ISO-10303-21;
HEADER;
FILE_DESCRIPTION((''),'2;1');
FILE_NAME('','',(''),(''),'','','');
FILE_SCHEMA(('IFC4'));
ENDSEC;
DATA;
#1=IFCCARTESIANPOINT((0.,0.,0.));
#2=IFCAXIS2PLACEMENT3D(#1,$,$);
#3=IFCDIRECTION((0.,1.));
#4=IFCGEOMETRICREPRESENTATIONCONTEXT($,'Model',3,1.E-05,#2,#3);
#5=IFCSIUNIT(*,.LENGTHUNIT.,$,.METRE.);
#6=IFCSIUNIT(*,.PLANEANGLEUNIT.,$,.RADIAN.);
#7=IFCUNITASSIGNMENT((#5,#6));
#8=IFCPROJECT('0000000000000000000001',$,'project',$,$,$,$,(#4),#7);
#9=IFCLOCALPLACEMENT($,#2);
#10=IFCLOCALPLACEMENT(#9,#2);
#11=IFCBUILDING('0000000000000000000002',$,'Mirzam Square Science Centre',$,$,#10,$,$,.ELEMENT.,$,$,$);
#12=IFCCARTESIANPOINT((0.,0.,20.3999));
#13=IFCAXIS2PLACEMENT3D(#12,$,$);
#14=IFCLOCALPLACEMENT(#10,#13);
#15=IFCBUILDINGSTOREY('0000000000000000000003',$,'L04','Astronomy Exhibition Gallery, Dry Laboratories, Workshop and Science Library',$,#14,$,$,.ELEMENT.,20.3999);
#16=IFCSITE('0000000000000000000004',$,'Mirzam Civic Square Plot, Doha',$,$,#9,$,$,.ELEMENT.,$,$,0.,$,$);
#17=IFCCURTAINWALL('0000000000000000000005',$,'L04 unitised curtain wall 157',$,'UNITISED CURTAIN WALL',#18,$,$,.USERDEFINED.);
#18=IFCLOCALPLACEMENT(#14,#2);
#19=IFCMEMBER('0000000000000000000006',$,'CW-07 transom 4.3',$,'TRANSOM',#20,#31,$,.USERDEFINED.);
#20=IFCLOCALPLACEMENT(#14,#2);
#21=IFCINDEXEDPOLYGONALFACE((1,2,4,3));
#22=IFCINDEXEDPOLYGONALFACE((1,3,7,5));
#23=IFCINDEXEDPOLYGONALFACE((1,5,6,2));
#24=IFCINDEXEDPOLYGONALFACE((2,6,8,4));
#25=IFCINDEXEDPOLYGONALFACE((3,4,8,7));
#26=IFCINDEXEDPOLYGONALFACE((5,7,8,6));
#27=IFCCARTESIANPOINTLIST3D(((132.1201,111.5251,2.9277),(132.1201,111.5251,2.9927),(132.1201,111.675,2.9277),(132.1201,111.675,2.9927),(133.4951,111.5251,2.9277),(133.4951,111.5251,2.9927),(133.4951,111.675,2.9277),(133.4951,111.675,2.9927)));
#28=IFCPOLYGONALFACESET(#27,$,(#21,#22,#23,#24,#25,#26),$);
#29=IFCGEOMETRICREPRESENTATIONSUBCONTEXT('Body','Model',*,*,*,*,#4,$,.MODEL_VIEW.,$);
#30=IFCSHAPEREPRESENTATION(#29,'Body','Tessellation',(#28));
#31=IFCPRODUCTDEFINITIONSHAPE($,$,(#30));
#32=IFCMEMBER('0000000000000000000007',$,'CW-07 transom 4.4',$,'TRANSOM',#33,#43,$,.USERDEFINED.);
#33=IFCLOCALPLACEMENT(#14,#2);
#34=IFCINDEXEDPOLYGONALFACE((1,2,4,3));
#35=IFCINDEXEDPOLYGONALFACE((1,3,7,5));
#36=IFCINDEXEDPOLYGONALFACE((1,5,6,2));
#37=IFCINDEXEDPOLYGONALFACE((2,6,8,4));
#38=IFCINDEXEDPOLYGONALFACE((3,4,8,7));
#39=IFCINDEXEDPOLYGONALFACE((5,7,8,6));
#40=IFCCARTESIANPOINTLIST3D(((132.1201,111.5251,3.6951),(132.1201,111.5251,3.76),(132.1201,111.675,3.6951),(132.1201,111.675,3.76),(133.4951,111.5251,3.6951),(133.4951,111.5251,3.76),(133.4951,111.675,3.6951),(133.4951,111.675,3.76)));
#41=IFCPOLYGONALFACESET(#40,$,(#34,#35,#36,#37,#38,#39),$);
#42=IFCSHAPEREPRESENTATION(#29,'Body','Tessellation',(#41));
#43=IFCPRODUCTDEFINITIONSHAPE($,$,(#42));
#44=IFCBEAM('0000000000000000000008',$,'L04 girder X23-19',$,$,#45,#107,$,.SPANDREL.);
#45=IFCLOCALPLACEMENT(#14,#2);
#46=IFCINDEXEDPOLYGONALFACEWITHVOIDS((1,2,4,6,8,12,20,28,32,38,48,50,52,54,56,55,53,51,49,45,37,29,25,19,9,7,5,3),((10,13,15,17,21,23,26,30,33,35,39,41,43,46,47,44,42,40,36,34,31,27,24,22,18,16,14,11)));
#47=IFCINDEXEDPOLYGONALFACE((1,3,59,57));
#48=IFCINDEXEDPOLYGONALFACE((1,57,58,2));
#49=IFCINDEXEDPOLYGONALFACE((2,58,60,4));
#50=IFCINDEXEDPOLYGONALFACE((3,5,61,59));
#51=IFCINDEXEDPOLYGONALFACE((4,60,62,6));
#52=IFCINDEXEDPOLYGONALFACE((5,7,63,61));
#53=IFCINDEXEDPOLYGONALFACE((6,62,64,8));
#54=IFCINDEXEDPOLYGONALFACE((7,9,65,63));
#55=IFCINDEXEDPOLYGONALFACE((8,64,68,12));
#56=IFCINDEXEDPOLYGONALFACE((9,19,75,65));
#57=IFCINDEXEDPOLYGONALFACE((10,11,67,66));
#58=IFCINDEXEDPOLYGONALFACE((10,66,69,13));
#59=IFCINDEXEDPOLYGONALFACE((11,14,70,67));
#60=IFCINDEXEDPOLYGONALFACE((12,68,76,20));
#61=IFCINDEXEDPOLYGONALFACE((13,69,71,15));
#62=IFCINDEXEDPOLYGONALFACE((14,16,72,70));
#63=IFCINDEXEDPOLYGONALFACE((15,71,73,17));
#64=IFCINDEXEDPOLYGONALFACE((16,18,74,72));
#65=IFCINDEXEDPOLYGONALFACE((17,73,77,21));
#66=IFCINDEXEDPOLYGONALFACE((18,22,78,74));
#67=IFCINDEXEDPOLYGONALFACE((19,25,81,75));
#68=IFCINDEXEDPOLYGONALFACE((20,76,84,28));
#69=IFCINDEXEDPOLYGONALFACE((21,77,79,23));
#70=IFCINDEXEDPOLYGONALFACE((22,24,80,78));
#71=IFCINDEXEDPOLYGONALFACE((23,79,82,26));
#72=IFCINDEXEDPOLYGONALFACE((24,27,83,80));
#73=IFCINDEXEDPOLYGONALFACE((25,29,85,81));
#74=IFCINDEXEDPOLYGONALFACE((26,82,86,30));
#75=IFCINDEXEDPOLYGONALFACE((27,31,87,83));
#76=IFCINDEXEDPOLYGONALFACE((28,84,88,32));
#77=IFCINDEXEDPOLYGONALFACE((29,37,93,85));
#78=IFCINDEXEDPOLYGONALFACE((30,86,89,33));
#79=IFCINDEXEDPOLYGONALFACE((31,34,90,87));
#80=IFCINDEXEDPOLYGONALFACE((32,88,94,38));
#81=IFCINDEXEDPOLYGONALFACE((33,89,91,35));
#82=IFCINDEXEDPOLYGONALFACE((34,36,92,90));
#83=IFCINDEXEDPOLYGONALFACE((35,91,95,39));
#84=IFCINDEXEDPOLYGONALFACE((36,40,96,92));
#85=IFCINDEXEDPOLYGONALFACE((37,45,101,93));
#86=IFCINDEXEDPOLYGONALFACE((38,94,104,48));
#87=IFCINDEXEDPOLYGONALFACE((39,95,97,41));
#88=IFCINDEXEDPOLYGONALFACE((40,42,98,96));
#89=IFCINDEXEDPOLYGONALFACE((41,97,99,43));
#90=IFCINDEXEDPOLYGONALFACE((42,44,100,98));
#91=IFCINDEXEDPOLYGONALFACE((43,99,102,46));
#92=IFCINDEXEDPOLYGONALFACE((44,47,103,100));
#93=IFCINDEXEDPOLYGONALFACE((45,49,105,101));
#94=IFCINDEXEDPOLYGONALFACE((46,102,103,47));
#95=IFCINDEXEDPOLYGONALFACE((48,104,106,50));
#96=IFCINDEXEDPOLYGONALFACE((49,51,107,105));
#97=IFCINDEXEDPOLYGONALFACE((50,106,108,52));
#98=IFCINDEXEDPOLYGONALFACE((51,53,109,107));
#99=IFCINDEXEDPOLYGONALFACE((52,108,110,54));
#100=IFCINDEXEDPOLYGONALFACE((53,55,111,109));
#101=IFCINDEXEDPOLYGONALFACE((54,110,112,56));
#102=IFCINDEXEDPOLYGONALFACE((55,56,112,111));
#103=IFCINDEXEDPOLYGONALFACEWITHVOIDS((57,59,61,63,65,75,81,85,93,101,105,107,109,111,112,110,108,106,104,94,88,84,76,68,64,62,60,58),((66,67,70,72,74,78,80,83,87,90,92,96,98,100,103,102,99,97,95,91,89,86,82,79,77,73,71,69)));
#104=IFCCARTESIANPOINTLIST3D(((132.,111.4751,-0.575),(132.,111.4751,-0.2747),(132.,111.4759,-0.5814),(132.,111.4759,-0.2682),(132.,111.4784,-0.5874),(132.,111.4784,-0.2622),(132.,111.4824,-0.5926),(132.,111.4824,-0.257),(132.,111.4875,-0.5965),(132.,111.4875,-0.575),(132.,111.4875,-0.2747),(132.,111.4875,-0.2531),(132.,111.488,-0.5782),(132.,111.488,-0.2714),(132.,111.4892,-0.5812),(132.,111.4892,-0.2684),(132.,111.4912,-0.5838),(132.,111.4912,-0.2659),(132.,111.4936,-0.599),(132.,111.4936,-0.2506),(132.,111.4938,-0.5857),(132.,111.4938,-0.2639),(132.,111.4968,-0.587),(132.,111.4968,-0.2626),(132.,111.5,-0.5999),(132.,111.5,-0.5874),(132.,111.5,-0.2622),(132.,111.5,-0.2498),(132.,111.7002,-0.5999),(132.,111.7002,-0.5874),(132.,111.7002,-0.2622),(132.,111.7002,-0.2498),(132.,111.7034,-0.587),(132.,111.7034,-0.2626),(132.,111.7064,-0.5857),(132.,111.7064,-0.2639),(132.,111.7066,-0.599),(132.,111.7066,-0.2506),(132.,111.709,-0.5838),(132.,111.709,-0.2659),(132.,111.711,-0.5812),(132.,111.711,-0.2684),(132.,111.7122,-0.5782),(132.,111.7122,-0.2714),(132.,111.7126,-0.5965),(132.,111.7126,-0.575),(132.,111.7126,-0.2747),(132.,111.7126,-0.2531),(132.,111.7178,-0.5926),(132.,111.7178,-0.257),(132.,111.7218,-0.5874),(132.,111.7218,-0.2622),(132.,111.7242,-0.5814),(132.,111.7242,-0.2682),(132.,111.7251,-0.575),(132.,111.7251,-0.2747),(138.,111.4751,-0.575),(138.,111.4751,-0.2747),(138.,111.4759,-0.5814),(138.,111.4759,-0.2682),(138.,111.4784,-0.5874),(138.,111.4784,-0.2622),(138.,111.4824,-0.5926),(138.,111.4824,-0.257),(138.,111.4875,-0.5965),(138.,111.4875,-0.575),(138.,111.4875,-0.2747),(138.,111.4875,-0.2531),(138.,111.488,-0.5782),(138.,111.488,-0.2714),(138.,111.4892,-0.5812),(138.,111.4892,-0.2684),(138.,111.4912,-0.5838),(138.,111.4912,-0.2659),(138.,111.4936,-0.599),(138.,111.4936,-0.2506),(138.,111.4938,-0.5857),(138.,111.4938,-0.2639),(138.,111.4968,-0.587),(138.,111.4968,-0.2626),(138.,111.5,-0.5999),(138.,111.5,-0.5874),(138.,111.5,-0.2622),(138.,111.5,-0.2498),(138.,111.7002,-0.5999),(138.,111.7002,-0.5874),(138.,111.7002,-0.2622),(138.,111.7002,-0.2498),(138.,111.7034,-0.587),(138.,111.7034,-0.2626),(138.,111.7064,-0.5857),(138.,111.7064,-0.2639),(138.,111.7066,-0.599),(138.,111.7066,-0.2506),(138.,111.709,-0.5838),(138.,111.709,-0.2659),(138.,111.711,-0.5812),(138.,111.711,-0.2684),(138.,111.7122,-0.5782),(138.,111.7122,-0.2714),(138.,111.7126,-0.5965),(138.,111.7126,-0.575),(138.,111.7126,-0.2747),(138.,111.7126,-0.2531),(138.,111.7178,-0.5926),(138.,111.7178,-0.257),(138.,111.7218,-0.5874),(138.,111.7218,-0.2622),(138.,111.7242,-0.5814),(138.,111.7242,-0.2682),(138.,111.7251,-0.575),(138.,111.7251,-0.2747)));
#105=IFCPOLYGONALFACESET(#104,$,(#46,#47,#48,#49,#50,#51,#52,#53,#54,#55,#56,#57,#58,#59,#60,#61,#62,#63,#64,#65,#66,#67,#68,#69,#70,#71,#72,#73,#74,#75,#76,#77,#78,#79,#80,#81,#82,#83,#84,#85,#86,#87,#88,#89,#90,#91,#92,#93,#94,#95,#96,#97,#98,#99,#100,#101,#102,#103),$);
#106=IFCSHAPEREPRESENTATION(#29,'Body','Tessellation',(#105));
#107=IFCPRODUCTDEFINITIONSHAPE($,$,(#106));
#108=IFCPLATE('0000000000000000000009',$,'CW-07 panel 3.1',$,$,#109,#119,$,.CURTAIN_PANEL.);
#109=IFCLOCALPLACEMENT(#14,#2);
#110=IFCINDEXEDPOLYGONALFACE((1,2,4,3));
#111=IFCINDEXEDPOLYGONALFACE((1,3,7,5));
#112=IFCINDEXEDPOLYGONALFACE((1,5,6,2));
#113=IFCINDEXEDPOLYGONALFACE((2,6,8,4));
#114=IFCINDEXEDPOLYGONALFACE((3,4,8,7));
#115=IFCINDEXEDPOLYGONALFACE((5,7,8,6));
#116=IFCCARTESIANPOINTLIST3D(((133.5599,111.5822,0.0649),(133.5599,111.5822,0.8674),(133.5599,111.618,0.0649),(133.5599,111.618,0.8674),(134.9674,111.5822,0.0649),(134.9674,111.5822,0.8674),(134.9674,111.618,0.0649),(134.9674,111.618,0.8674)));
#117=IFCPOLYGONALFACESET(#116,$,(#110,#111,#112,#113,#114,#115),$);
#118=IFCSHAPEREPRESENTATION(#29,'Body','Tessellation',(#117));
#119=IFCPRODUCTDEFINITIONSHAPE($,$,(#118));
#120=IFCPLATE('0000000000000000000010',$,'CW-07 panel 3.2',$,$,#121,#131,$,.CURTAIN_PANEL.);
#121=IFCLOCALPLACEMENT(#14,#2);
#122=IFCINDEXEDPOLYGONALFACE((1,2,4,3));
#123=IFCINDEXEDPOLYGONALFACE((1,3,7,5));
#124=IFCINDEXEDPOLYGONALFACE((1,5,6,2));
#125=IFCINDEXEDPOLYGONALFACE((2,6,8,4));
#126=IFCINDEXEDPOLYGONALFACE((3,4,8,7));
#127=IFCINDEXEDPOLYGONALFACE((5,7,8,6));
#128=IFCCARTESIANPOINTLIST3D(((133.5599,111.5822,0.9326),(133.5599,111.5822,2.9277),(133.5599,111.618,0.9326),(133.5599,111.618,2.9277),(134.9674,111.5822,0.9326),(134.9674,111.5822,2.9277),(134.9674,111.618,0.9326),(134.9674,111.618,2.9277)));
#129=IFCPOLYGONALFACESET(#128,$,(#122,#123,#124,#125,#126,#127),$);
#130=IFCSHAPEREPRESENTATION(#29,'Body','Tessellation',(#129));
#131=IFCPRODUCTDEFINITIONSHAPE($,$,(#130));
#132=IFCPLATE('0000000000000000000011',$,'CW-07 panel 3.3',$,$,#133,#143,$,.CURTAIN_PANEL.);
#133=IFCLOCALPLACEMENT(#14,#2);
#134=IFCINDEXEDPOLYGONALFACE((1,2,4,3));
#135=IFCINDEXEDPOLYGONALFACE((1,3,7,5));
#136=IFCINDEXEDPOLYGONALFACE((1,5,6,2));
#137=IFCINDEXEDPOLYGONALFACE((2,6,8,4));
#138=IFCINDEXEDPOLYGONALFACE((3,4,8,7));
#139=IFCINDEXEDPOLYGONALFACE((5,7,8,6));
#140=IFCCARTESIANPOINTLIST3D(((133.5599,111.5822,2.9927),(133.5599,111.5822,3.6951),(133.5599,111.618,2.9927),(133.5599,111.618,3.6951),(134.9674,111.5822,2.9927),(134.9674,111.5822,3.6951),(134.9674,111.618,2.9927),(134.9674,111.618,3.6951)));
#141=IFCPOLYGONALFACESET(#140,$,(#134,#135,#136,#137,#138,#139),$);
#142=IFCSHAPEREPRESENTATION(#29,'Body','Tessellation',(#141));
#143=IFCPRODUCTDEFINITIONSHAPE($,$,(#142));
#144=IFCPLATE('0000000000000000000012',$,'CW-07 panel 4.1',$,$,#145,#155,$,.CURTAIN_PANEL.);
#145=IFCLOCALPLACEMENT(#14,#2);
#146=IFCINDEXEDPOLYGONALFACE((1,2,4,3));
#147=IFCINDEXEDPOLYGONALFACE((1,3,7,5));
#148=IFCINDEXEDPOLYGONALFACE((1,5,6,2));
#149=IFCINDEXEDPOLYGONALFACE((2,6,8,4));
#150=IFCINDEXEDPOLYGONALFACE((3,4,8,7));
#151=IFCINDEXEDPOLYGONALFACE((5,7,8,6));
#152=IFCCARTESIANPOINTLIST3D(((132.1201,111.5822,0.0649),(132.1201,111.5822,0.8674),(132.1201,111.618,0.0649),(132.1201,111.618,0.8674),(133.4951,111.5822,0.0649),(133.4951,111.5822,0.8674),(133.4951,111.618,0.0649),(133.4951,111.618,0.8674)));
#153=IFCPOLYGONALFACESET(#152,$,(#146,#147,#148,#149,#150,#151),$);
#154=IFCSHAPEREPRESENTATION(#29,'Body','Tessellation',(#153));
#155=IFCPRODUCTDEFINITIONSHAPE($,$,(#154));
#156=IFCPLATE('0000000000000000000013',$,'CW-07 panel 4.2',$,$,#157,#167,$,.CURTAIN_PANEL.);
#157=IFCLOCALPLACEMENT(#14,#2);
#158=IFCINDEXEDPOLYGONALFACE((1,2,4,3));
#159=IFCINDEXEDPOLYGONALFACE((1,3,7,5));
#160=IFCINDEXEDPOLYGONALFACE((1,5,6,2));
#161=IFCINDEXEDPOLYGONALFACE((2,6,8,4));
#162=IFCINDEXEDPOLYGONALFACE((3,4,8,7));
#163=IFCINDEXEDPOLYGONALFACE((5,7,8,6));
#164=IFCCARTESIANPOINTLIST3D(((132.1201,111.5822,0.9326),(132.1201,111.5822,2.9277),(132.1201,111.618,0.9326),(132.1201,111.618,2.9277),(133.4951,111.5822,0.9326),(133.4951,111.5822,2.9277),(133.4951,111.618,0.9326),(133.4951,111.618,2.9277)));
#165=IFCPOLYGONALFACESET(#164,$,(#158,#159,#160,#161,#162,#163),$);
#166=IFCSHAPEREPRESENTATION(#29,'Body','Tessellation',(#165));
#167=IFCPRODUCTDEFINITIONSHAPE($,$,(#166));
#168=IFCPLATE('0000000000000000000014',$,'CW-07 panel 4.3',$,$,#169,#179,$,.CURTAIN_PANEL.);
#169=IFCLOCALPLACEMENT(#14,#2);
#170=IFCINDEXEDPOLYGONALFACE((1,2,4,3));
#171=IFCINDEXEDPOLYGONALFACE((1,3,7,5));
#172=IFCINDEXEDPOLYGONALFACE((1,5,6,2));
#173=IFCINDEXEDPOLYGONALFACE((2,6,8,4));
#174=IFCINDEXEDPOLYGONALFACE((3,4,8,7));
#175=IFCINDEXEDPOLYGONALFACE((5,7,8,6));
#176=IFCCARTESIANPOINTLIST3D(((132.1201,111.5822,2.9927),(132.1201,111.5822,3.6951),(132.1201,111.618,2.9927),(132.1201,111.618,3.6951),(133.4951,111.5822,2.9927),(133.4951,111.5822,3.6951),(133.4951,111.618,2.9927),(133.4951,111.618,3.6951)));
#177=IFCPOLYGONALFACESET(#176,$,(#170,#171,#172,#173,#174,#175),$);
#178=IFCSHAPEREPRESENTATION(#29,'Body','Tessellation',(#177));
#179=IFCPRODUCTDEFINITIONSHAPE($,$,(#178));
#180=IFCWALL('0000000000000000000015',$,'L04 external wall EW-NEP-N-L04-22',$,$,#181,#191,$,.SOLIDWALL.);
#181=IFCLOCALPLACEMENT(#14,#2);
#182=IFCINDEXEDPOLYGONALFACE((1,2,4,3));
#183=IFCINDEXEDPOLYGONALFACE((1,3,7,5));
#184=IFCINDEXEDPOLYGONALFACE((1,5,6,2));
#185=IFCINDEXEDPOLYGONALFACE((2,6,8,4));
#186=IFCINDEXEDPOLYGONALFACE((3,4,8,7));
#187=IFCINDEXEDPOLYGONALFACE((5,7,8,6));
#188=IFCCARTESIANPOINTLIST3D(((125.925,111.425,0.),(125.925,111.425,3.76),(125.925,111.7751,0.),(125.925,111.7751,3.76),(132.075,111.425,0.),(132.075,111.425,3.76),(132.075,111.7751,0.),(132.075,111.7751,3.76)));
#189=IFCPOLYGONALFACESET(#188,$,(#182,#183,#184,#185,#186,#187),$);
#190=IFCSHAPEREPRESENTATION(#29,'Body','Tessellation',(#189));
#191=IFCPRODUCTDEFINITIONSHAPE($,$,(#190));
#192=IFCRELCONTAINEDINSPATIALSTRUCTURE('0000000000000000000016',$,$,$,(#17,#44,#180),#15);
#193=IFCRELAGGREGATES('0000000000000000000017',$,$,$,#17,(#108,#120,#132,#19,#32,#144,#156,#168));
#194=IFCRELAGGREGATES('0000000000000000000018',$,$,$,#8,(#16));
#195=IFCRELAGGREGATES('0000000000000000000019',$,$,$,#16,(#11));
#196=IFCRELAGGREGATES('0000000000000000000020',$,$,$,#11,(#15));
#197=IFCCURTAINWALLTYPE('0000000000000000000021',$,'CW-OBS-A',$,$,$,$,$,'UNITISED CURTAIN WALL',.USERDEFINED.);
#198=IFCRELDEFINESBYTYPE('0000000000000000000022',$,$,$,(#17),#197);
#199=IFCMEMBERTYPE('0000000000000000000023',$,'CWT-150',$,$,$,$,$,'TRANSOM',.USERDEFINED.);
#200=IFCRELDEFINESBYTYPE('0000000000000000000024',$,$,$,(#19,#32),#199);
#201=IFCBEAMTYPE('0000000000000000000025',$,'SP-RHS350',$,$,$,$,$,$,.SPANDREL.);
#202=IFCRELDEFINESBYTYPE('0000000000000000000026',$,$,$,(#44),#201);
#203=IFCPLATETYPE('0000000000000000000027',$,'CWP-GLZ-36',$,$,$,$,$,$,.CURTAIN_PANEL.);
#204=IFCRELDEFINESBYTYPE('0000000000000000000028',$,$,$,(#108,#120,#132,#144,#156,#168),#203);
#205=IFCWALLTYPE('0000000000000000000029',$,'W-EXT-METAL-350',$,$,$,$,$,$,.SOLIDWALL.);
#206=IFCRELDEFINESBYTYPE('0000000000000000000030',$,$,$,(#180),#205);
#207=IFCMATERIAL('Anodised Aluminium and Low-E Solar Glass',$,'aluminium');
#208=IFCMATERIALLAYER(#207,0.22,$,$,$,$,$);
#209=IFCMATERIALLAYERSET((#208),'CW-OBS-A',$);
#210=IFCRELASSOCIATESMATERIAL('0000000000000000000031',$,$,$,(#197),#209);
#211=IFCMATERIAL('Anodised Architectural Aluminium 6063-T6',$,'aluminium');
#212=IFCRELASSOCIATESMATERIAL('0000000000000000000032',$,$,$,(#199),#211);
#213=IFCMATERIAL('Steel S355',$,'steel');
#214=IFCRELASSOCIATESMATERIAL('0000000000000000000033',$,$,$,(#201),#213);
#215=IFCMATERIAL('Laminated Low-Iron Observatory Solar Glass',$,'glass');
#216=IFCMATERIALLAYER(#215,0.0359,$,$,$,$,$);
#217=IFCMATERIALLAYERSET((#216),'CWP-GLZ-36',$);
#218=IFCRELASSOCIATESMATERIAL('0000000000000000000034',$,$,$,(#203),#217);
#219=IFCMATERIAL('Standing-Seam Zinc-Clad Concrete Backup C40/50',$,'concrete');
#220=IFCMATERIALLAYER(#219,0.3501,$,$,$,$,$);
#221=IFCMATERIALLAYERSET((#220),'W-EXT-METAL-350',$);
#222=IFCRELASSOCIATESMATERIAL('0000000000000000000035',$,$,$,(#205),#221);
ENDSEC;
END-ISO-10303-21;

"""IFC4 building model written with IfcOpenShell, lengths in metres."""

from ifc_helpers import new_model, si_unit, direction, frame, frame_2d, origin, origin_2d, place, context, subcontext, project, spatial, rectangle, hollow_rectangle, extrude, material, layer, layer_set, material_profile, profile_set, type_object, element, aggregate, save


model = new_model("IFC4")

# Units and contexts
model_context = context("Model", 3, precision=1e-05, world=origin(), true_north=direction((0.0, 1.0)))
body_context = subcontext(model_context, "Body", "Model", "MODEL_VIEW")
ifc_project = project(units=[si_unit("LENGTHUNIT", "METRE"), si_unit("PLANEANGLEUNIT", "RADIAN")], contexts=[model_context])

# Site, building, storey
site_placement = place(None, origin())
site = spatial("IfcSite", under=ifc_project, at=site_placement, Name="Mirzam Civic Square Plot, Doha", CompositionType="ELEMENT", RefElevation=0.0)
building_placement = place(site_placement, origin())
building = spatial("IfcBuilding", under=site, at=building_placement, Name="Mirzam Square Science Centre", CompositionType="ELEMENT")
storey_placement = place(building_placement, frame((0.0, 0.0, 20.3999)))
storey = spatial("IfcBuildingStorey", under=building, at=storey_placement, Name="L04", Description="Astronomy Exhibition Gallery, Dry Laboratories, Workshop and Science Library", CompositionType="ELEMENT", Elevation=20.3999)

# Shared definitions
ifc_material_1 = material(Name="Steel S355", Category="steel")

# Curtain wall, members
ifc_material_2 = material(Name="Anodised Aluminium and Low-E Solar Glass", Category="aluminium")
ifc_layer_1 = layer(ifc_material_2, 0.22)
ifc_layer_set_1 = layer_set([ifc_layer_1], Name="CW-OBS-A")
curtain_wall_type = type_object("IfcCurtainWallType", Name="CW-OBS-A", ElementType="UNITISED CURTAIN WALL", PredefinedType="USERDEFINED", material=ifc_layer_set_1)
curtain_wall_placement = place(storey_placement, origin())
curtain_wall = element("IfcCurtainWall", 1, at=curtain_wall_placement, inside=storey, type_object=curtain_wall_type, Name="L04 unitised curtain wall 157", ObjectType="UNITISED CURTAIN WALL", PredefinedType="USERDEFINED")
ifc_material_3 = material(Name="Anodised Architectural Aluminium 6063-T6", Category="aluminium")
ifc_material_profile_1 = material_profile(ifc_material_3, rectangle(XDim=0.1499, YDim=0.0649, at=origin_2d()), Name="ALU-TRAN-150x65x4")
ifc_profile_set_1 = profile_set([ifc_material_profile_1], Name="Anodised Architectural Aluminium 6063-T6")
member_type_1 = type_object("IfcMemberType", Name="CWT-150", ElementType="TRANSOM", PredefinedType="USERDEFINED", material=ifc_profile_set_1)
member_1_placement = place(storey_placement, frame((133.4951, 111.6001, 2.9602), z_axis=(-1.0, 0.0, 0.0), x_axis=(0.0, -1.0, 0.0)))
member_1 = element("IfcMember", 2, at=member_1_placement, type_object=member_type_1, Name="CW-07 transom 4.3", ObjectType="TRANSOM", PredefinedType="USERDEFINED", context=body_context, shape_type="SweptSolid", body=[
    extrude(rectangle(XDim=0.1499, YDim=0.0649, at=origin_2d()), origin(), (0.0, 0.0, 1.0), 1.375),
])
member_2_placement = place(storey_placement, frame((133.4951, 111.6001, 3.7275), z_axis=(-1.0, 0.0, 0.0), x_axis=(0.0, -1.0, 0.0)))
member_2 = element("IfcMember", 3, at=member_2_placement, type_object=member_type_1, Name="CW-07 transom 4.4", ObjectType="TRANSOM", PredefinedType="USERDEFINED", context=body_context, shape_type="SweptSolid", body=[
    extrude(rectangle(XDim=0.1499, YDim=0.0649, at=origin_2d()), origin(), (0.0, 0.0, 1.0), 1.375),
])

# Beam
ifc_material_profile_2 = material_profile(ifc_material_1, hollow_rectangle(XDim=0.25, YDim=0.3501, WallThickness=0.0125, InnerFilletRadius=0.0125, OuterFilletRadius=0.0249, at=origin_2d()), Name="350x250x12.5RHS")
ifc_profile_set_2 = profile_set([ifc_material_profile_2], Name="Steel S355")
beam_type = type_object("IfcBeamType", Name="SP-RHS350", PredefinedType="SPANDREL", material=ifc_profile_set_2)
beam_placement = place(storey_placement, frame((132.0, 111.6001, -0.4248), z_axis=(1.0, 0.0, 0.0), x_axis=(0.0, 1.0, 0.0)))
element("IfcBeam", 4, at=beam_placement, inside=storey, type_object=beam_type, Name="L04 girder X23-19", PredefinedType="SPANDREL", context=body_context, shape_type="SweptSolid", body=[
    extrude(hollow_rectangle(XDim=0.25, YDim=0.3501, WallThickness=0.0125, InnerFilletRadius=0.0125, OuterFilletRadius=0.0249, at=origin_2d()), origin(), (0.0, 0.0, 1.0), 6.0),
])

# Plates
ifc_material_4 = material(Name="Laminated Low-Iron Observatory Solar Glass", Category="glass")
ifc_layer_2 = layer(ifc_material_4, 0.0359)
ifc_layer_set_2 = layer_set([ifc_layer_2], Name="CWP-GLZ-36")
plate_type = type_object("IfcPlateType", Name="CWP-GLZ-36", PredefinedType="CURTAIN_PANEL", material=ifc_layer_set_2)
plate_1_placement = place(storey_placement, frame((134.2637, 111.6001, 0.0649), z_axis=(0.0, 0.0, 1.0), x_axis=(-1.0, 0.0, 0.0)))
plate_1 = element("IfcPlate", 5, at=plate_1_placement, type_object=plate_type, Name="CW-07 panel 3.1", PredefinedType="CURTAIN_PANEL", context=body_context, shape_type="SweptSolid", body=[
    extrude(rectangle(XDim=1.4075, YDim=0.0359, at=origin_2d()), origin(), (0.0, 0.0, 1.0), 0.8025),
])
plate_2_placement = place(storey_placement, frame((134.2637, 111.6001, 0.9326), z_axis=(0.0, 0.0, 1.0), x_axis=(-1.0, 0.0, 0.0)))
plate_2 = element("IfcPlate", 6, at=plate_2_placement, type_object=plate_type, Name="CW-07 panel 3.2", PredefinedType="CURTAIN_PANEL", context=body_context, shape_type="SweptSolid", body=[
    extrude(rectangle(XDim=1.4075, YDim=0.0359, at=origin_2d()), origin(), (0.0, 0.0, 1.0), 1.9951),
])
plate_3_placement = place(storey_placement, frame((134.2637, 111.6001, 2.9927), z_axis=(0.0, 0.0, 1.0), x_axis=(-1.0, 0.0, 0.0)))
plate_3 = element("IfcPlate", 7, at=plate_3_placement, type_object=plate_type, Name="CW-07 panel 3.3", PredefinedType="CURTAIN_PANEL", context=body_context, shape_type="SweptSolid", body=[
    extrude(rectangle(XDim=1.4075, YDim=0.0359, at=origin_2d()), origin(), (0.0, 0.0, 1.0), 0.7024),
])
plate_4_placement = place(storey_placement, frame((132.8076, 111.6001, 0.0649), z_axis=(0.0, 0.0, 1.0), x_axis=(-1.0, 0.0, 0.0)))
plate_4 = element("IfcPlate", 8, at=plate_4_placement, type_object=plate_type, Name="CW-07 panel 4.1", PredefinedType="CURTAIN_PANEL", context=body_context, shape_type="SweptSolid", body=[
    extrude(rectangle(XDim=1.375, YDim=0.0359, at=origin_2d()), origin(), (0.0, 0.0, 1.0), 0.8025),
])
plate_5_placement = place(storey_placement, frame((132.8076, 111.6001, 0.9326), z_axis=(0.0, 0.0, 1.0), x_axis=(-1.0, 0.0, 0.0)))
plate_5 = element("IfcPlate", 9, at=plate_5_placement, type_object=plate_type, Name="CW-07 panel 4.2", PredefinedType="CURTAIN_PANEL", context=body_context, shape_type="SweptSolid", body=[
    extrude(rectangle(XDim=1.375, YDim=0.0359, at=origin_2d()), origin(), (0.0, 0.0, 1.0), 1.9951),
])
plate_6_placement = place(storey_placement, frame((132.8076, 111.6001, 2.9927), z_axis=(0.0, 0.0, 1.0), x_axis=(-1.0, 0.0, 0.0)))
plate_6 = element("IfcPlate", 10, at=plate_6_placement, type_object=plate_type, Name="CW-07 panel 4.3", PredefinedType="CURTAIN_PANEL", context=body_context, shape_type="SweptSolid", body=[
    extrude(rectangle(XDim=1.375, YDim=0.0359, at=origin_2d()), origin(), (0.0, 0.0, 1.0), 0.7024),
])
aggregate(curtain_wall, [plate_1, plate_2, plate_3, member_1, member_2, plate_4, plate_5, plate_6])

# Wall
ifc_material_5 = material(Name="Standing-Seam Zinc-Clad Concrete Backup C40/50", Category="concrete")
ifc_layer_3 = layer(ifc_material_5, 0.3501)
ifc_layer_set_3 = layer_set([ifc_layer_3], Name="W-EXT-METAL-350")
wall_type = type_object("IfcWallType", Name="W-EXT-METAL-350", PredefinedType="SOLIDWALL", material=ifc_layer_set_3)
wall_placement = place(storey_placement, frame((132.075, 111.6001, 0.0), z_axis=(0.0, 0.0, 1.0), x_axis=(-1.0, 0.0, 0.0)))
element("IfcWall", 11, at=wall_placement, inside=storey, type_object=wall_type, Name="L04 external wall EW-NEP-N-L04-22", PredefinedType="SOLIDWALL", context=body_context, shape_type="SweptSolid", body=[
    extrude(rectangle(XDim=6.1499, YDim=0.3501, at=frame_2d((3.075, 0.0))), origin(), (0.0, 0.0, 1.0), 3.76),
])

save(model, "model.ifc")
